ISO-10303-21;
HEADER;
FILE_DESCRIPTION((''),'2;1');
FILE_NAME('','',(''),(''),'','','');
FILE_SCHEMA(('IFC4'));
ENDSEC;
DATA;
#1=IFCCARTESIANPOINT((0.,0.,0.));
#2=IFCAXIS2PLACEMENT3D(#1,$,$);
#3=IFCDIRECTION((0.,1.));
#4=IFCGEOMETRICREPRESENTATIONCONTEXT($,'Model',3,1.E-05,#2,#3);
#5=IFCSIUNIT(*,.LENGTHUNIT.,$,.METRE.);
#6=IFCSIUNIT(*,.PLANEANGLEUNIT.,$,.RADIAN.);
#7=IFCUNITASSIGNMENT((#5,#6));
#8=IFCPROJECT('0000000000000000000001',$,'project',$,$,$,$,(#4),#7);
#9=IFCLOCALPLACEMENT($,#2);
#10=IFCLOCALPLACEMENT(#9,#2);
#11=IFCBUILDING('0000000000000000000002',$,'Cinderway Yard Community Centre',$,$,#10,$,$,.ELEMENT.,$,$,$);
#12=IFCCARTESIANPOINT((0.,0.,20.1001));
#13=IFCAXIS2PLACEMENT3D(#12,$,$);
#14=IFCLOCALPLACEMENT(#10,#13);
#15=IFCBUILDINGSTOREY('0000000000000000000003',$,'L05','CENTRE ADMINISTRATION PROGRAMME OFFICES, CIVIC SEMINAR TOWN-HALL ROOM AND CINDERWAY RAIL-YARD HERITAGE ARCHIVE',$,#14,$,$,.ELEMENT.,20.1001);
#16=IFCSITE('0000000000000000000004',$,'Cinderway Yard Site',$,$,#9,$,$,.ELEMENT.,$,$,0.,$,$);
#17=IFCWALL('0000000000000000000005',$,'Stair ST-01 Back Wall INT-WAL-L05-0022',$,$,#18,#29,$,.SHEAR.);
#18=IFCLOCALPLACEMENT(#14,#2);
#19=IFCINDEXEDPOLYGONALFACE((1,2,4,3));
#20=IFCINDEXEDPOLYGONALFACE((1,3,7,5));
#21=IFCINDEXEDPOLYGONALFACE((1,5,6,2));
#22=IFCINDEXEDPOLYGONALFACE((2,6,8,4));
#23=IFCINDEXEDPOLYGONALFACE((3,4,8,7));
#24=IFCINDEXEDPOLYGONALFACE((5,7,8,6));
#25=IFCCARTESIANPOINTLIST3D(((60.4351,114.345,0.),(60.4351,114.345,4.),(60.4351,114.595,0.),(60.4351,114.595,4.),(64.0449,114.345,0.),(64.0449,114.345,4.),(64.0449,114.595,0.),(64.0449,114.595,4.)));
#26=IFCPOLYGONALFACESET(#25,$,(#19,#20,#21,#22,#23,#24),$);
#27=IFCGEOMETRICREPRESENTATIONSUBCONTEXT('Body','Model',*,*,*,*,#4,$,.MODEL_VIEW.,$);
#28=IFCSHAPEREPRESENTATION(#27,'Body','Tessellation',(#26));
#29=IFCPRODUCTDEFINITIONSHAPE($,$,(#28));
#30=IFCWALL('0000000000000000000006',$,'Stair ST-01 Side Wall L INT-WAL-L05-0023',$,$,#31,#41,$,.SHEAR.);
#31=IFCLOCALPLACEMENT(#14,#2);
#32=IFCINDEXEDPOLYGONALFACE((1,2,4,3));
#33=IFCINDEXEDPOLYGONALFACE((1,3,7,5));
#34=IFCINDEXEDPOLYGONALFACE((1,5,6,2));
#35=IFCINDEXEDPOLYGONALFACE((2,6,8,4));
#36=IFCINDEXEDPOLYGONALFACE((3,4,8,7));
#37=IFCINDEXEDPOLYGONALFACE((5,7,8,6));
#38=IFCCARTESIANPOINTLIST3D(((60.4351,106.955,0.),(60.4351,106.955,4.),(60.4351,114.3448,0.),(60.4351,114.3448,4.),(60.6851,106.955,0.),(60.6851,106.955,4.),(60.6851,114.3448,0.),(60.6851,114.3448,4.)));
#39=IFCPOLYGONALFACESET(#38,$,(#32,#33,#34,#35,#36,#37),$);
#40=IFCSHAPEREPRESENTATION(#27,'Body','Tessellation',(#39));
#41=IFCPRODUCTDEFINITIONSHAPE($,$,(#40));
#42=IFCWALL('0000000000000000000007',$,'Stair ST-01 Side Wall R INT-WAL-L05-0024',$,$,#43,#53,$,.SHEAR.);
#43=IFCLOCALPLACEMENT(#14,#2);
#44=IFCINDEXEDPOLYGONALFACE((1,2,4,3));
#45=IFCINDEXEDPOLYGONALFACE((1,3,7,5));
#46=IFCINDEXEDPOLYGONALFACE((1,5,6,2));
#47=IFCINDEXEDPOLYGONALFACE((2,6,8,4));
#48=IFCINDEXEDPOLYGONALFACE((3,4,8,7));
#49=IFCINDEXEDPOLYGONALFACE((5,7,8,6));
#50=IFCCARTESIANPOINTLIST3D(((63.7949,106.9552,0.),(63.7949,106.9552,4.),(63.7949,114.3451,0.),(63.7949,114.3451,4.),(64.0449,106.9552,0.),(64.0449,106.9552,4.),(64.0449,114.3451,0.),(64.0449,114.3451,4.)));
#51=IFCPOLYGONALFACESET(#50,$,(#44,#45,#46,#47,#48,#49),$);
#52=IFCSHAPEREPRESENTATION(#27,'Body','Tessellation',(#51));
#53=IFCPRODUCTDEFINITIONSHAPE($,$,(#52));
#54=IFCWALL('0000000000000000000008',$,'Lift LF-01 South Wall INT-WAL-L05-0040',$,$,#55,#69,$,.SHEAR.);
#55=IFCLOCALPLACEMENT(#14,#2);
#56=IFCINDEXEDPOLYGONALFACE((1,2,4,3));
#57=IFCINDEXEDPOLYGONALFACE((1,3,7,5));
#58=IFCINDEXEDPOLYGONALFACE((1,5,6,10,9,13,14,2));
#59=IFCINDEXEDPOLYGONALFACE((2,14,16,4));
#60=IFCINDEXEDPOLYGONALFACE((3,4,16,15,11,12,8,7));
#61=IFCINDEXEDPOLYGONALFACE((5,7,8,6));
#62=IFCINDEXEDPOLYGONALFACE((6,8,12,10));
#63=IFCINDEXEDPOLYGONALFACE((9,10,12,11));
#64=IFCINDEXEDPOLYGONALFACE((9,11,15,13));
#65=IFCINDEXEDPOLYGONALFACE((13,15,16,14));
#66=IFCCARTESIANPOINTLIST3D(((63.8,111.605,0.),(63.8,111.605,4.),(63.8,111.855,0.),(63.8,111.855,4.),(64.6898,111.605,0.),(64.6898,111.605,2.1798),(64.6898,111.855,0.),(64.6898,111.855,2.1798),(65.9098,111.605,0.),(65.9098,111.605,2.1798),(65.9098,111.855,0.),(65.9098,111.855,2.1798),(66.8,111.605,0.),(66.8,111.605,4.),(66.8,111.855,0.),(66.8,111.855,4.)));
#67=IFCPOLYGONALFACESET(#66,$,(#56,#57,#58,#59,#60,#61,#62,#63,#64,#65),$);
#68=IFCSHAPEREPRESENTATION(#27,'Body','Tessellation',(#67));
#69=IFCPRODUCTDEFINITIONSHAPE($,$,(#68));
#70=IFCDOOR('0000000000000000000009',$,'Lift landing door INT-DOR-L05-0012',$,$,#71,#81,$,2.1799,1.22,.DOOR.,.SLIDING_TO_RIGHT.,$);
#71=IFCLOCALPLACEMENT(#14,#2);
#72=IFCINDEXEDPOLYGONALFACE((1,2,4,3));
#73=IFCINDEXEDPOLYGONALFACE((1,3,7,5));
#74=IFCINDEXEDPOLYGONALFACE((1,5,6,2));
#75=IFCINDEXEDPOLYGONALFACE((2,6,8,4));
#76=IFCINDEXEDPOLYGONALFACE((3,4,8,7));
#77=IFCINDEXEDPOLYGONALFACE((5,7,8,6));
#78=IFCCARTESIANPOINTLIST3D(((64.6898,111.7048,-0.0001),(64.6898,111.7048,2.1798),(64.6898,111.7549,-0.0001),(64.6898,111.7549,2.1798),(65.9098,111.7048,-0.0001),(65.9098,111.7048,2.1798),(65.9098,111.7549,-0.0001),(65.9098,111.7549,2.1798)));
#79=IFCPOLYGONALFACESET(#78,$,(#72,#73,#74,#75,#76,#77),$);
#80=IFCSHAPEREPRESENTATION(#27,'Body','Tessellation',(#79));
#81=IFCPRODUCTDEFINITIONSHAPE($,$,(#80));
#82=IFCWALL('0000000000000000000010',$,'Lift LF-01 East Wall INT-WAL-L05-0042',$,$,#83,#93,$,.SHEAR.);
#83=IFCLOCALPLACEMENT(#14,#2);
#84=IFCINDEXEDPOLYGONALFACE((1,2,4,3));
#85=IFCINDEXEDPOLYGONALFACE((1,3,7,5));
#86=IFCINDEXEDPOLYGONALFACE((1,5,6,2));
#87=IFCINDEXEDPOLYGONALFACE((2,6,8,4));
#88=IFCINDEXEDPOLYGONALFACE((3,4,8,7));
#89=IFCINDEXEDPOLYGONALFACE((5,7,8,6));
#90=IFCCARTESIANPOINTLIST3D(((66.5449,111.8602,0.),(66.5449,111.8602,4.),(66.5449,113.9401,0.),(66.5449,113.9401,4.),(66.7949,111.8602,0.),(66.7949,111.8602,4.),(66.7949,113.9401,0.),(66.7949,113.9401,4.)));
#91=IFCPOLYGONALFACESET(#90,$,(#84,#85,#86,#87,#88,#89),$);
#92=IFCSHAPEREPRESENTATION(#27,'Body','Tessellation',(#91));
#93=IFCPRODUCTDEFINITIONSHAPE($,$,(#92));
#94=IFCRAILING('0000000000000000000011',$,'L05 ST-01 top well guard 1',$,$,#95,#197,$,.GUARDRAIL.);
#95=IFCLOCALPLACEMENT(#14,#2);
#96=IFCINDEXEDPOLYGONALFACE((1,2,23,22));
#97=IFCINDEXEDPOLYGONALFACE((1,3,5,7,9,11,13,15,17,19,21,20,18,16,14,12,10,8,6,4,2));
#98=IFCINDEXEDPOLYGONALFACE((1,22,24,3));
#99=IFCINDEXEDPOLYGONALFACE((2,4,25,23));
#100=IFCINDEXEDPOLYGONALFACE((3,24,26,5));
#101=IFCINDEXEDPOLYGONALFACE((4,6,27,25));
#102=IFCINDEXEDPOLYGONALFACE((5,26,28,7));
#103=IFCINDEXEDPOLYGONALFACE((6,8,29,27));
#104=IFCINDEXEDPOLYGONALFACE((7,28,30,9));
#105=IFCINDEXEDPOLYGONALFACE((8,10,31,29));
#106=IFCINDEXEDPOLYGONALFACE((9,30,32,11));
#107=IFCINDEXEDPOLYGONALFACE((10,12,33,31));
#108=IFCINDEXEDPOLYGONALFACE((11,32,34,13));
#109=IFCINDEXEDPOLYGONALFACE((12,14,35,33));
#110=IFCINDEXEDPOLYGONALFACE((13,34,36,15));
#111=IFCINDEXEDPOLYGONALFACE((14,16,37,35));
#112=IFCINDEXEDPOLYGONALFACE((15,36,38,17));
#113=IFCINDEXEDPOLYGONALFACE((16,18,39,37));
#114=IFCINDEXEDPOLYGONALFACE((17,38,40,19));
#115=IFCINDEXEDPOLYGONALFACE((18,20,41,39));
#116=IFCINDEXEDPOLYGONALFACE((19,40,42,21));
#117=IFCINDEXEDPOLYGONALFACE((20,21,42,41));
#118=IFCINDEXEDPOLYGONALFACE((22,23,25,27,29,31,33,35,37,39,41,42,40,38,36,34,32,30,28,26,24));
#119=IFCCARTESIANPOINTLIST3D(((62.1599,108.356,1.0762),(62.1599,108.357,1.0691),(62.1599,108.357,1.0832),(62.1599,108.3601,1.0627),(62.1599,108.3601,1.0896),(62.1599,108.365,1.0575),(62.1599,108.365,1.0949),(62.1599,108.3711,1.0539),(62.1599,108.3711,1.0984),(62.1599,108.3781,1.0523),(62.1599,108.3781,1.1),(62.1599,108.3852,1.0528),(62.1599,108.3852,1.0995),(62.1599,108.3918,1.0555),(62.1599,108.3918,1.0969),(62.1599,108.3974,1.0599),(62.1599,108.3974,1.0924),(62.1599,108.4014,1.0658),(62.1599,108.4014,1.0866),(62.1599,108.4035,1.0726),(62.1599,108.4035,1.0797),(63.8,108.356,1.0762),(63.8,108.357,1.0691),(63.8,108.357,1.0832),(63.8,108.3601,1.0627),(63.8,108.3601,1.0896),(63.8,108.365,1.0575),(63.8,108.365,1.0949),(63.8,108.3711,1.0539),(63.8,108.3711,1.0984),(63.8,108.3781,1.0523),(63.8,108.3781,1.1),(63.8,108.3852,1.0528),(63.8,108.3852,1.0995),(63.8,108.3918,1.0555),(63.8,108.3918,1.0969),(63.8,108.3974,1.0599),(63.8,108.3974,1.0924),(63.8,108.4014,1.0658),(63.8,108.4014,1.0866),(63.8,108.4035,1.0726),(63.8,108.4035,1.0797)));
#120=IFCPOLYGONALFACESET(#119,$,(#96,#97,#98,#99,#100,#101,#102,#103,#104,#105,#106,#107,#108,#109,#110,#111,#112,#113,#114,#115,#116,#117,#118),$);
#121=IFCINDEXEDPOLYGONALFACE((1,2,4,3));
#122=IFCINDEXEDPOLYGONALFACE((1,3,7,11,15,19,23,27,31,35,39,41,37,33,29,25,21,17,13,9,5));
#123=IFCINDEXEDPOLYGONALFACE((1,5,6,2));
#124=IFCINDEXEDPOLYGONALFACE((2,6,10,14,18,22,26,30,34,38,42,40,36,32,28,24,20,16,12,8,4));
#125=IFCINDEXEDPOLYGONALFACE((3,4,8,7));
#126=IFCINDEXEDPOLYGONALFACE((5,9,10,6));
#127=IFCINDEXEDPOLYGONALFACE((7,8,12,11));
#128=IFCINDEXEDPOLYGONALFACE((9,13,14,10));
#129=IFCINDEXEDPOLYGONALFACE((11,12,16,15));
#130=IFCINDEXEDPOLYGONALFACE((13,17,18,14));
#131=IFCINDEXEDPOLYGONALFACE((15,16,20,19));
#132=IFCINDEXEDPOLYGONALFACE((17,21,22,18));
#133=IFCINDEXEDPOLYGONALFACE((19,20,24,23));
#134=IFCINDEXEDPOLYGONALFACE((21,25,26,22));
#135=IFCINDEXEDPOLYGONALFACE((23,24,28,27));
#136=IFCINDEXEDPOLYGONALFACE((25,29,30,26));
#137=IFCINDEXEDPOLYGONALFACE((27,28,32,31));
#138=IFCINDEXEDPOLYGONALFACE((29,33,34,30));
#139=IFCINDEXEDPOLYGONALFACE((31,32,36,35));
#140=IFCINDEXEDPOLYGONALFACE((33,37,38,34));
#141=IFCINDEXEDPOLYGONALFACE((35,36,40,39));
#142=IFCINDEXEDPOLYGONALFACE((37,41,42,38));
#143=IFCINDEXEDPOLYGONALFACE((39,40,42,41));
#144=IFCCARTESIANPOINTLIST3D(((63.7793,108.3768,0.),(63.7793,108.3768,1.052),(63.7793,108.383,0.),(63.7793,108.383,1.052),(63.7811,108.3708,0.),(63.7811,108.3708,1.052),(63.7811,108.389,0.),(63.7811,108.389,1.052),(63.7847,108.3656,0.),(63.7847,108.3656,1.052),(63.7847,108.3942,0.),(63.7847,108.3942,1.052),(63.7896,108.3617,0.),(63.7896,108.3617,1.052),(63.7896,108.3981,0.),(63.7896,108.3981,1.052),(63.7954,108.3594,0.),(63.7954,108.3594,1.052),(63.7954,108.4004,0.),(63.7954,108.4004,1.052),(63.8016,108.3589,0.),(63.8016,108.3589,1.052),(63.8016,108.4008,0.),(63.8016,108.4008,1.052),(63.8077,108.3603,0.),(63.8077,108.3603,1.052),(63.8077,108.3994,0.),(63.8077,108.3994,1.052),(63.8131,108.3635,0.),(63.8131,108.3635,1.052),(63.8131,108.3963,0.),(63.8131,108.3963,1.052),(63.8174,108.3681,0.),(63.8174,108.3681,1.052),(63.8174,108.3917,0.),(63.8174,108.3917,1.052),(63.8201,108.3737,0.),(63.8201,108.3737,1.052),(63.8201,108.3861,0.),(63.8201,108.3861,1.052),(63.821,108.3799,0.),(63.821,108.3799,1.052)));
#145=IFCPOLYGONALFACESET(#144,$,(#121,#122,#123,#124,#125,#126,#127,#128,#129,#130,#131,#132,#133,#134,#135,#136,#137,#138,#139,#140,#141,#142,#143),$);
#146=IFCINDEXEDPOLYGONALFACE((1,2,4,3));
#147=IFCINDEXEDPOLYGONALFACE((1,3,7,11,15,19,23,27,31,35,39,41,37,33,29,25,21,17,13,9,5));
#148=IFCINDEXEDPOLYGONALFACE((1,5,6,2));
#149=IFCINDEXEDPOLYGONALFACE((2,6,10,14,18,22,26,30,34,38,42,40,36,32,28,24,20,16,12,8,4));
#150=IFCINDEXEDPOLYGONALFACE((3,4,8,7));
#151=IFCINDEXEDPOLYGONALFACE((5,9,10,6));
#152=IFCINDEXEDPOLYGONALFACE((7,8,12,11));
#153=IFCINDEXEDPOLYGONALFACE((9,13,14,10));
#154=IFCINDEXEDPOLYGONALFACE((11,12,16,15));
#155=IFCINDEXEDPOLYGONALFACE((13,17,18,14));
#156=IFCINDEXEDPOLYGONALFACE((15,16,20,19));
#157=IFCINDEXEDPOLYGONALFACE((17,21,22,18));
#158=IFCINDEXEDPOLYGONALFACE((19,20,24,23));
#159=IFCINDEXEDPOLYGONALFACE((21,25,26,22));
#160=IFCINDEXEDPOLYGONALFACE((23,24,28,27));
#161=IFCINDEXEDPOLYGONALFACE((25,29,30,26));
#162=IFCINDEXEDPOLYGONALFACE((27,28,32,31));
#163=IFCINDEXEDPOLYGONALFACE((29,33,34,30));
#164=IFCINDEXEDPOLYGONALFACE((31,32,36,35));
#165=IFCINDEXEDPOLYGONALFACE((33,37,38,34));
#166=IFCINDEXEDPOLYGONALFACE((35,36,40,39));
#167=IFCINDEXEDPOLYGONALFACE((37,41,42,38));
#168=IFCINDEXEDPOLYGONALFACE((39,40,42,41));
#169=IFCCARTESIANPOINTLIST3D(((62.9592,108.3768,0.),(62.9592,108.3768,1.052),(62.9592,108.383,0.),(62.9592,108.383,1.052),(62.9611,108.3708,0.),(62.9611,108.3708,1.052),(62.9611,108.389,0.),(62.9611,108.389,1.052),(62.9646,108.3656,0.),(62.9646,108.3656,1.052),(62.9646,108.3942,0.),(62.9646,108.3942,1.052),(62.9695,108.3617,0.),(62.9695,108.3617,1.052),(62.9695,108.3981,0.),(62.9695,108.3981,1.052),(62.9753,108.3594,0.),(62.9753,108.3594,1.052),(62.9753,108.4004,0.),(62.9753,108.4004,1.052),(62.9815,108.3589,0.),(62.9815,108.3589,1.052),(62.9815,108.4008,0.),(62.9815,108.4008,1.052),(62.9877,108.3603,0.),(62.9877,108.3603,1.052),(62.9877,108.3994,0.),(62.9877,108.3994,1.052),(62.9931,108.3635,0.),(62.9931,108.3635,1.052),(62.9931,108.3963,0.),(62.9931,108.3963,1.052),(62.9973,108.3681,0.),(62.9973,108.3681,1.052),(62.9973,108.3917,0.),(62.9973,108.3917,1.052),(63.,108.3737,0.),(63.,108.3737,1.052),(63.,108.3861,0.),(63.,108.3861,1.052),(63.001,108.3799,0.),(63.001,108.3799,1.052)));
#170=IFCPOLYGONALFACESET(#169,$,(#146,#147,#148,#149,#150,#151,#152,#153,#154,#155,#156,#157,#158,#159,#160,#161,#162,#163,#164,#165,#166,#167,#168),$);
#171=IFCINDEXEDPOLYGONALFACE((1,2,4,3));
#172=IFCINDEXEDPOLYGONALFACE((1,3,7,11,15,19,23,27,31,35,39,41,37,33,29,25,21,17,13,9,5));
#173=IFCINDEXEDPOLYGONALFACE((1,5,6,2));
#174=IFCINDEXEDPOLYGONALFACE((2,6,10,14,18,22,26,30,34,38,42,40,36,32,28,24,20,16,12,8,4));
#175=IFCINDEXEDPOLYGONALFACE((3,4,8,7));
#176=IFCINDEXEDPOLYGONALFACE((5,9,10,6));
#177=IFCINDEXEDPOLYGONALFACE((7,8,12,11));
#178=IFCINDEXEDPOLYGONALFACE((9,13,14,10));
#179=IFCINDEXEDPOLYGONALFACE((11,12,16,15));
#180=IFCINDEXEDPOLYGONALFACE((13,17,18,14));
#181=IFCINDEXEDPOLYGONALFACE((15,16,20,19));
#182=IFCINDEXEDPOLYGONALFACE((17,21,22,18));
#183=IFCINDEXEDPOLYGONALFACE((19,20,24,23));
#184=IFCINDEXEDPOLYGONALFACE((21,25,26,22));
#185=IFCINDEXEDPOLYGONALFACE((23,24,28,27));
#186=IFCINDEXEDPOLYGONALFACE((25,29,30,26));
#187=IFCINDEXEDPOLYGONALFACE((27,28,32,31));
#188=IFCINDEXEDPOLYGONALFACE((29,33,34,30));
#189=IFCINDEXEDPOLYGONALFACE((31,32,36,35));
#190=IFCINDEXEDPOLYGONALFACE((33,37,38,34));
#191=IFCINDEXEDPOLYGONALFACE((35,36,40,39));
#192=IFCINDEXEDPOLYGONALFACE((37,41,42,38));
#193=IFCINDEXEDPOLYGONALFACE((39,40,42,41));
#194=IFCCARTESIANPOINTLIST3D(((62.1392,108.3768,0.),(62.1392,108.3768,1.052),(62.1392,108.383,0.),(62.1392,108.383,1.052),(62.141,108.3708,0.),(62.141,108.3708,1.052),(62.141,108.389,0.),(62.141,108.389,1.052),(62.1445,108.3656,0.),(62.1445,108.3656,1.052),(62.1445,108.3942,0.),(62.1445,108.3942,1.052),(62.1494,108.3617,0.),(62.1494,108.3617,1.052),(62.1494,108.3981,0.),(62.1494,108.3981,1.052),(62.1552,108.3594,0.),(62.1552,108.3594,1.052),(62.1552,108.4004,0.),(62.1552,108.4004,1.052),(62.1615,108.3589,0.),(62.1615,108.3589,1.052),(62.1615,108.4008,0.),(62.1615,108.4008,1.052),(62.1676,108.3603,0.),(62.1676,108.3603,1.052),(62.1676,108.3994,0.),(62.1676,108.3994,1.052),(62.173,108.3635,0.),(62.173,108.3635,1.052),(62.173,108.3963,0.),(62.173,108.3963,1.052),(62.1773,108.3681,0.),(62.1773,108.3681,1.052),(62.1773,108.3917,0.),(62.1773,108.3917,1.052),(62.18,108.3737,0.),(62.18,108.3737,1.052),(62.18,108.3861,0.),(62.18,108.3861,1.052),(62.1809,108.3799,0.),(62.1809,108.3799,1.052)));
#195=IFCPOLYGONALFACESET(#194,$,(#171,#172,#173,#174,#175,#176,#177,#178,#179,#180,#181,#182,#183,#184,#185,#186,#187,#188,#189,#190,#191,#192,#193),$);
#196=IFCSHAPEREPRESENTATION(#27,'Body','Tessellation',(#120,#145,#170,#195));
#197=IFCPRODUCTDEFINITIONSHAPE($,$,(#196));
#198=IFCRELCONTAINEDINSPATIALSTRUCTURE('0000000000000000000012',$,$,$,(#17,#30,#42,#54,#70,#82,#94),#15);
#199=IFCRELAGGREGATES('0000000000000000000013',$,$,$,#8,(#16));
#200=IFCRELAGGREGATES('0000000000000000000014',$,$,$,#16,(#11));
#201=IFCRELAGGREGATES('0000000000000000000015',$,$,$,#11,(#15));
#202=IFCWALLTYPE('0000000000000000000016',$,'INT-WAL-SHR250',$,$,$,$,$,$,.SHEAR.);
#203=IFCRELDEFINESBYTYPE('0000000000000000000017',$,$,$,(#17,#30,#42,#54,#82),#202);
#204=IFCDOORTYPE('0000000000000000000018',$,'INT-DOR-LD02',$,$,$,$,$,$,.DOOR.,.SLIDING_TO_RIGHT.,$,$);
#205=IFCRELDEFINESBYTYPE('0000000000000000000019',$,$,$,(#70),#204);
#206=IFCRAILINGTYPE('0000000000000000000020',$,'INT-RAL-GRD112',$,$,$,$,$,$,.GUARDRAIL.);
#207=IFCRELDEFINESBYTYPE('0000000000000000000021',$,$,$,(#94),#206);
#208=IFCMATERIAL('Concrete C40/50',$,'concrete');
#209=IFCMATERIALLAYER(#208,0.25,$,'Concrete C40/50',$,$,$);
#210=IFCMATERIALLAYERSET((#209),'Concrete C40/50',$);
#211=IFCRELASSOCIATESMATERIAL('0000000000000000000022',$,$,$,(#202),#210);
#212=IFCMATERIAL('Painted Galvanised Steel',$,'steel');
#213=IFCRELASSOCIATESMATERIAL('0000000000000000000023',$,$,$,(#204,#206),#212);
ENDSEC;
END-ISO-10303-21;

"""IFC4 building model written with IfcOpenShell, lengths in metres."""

from ifc_helpers import new_model, si_unit, direction, frame, frame_2d, origin, origin_2d, place, context, subcontext, project, spatial, rectangle, circle, extrude, material, layer, layer_set, type_object, element, fill, save


model = new_model("IFC4")

# Units and contexts
model_context = context("Model", 3, precision=1e-05, world=origin(), true_north=direction((0.0, 1.0)))
body_context = subcontext(model_context, "Body", "Model", "MODEL_VIEW")
ifc_project = project(units=[si_unit("LENGTHUNIT", "METRE"), si_unit("PLANEANGLEUNIT", "RADIAN")], contexts=[model_context])

# Site, building, storey
site_placement = place(None, origin())
site = spatial("IfcSite", under=ifc_project, at=site_placement, Name="Cinderway Yard Site", CompositionType="ELEMENT", RefElevation=0.0)
building_placement = place(site_placement, origin())
building = spatial("IfcBuilding", under=site, at=building_placement, Name="Cinderway Yard Community Centre", CompositionType="ELEMENT")
storey_placement = place(building_placement, frame((0.0, 0.0, 20.1001)))
storey = spatial("IfcBuildingStorey", under=building, at=storey_placement, Name="L05", Description="CENTRE ADMINISTRATION PROGRAMME OFFICES, CIVIC SEMINAR TOWN-HALL ROOM AND CINDERWAY RAIL-YARD HERITAGE ARCHIVE", CompositionType="ELEMENT", Elevation=20.1001)

# Shared definitions
ifc_material_1 = material(Name="Concrete C40/50", Category="concrete")

# Shared definitions
ifc_layer_1 = layer(ifc_material_1, 0.25, Name="Concrete C40/50")
ifc_layer_set_1 = layer_set([ifc_layer_1], Name="Concrete C40/50")
wall_type_1 = type_object("IfcWallType", Name="INT-WAL-SHR250", PredefinedType="SHEAR", material=ifc_layer_set_1)
ifc_material_2 = material(Name="Painted Galvanised Steel", Category="steel")

# Walls
wall_1_placement = place(storey_placement, frame((60.4351, 114.47, 0.0), z_axis=(0.0, 0.0, 1.0), x_axis=(1.0, 0.0, 0.0)))
element("IfcWall", 1, at=wall_1_placement, inside=storey, type_object=wall_type_1, Name="Stair ST-01 Back Wall INT-WAL-L05-0022", PredefinedType="SHEAR", context=body_context, shape_type="SweptSolid", body=[
    extrude(rectangle(XDim=3.6099, YDim=0.25, at=frame_2d((1.8049, 0.0))), origin(), (0.0, 0.0, 1.0), 4.0),
])
for number, where, z_axis, x_axis, name in (
    (2, (60.5601, 106.9551, 0.0), (0.0, 0.0, 1.0), (0.0, 1.0, 0.0), "Stair ST-01 Side Wall L INT-WAL-L05-0023"),
    (3, (63.9199, 114.345, 0.0), (0.0, 0.0, 1.0), (0.0, -1.0, 0.0), "Stair ST-01 Side Wall R INT-WAL-L05-0024"),
):
    element("IfcWall", number, at=place(storey_placement, frame(where, z_axis=z_axis, x_axis=x_axis)), inside=storey, type_object=wall_type_1, Name=name, PredefinedType="SHEAR", context=body_context, shape_type="SweptSolid", body=[
        extrude(rectangle(XDim=7.3899, YDim=0.25, at=frame_2d((3.6948, 0.0))), origin(), (0.0, 0.0, 1.0), 4.0),
    ])

# Wall, opening, door
wall_2_placement = place(storey_placement, frame((63.8, 111.73, 0.0), z_axis=(0.0, 0.0, 1.0), x_axis=(1.0, 0.0, 0.0)))
wall_2 = element("IfcWall", 4, at=wall_2_placement, inside=storey, type_object=wall_type_1, Name="Lift LF-01 South Wall INT-WAL-L05-0040", PredefinedType="SHEAR", context=body_context, shape_type="SweptSolid", body=[
    extrude(rectangle(XDim=3.0, YDim=0.25, at=frame_2d((1.5, 0.0))), origin(), (0.0, 0.0, 1.0), 4.0),
])
opening_1_placement = place(wall_2_placement, frame((0.8899, 0.0, 0.0)))
opening_1 = element("IfcOpeningElement", 5, at=opening_1_placement, cuts=wall_2, PredefinedType="OPENING", context=body_context, shape_type="SweptSolid", body=[
    extrude(rectangle(XDim=1.22, YDim=2.1799, at=frame_2d((0.6099, 1.0898))), frame((0.0, 0.135, 0.0), z_axis=(0.0, -1.0, 0.0), x_axis=(1.0, 0.0, 0.0)), (0.0, 0.0, 1.0), 0.27),
])
door_type_1 = type_object("IfcDoorType", Name="INT-DOR-LD02", OperationType="SLIDING_TO_RIGHT", PredefinedType="DOOR", material=ifc_material_2)
door_1_placement = place(opening_1_placement, origin())
door_1 = element("IfcDoor", 6, at=door_1_placement, inside=storey, type_object=door_type_1, Name="Lift landing door INT-DOR-L05-0012", OperationType="SLIDING_TO_RIGHT", OverallHeight=2.1799, OverallWidth=1.22, PredefinedType="DOOR", context=body_context, shape_type="SweptSolid", body=[
    extrude(rectangle(XDim=1.22, YDim=2.1799, at=frame_2d((0.6099, 1.0898))), frame((0.0, 0.0249, 0.0), z_axis=(0.0, -1.0, 0.0), x_axis=(1.0, 0.0, 0.0)), (0.0, 0.0, 1.0), 0.05),
])
fill(opening_1, door_1)

# Wall
wall_3_placement = place(storey_placement, frame((66.6699, 111.8601, 0.0), z_axis=(0.0, 0.0, 1.0), x_axis=(0.0, 1.0, 0.0)))
element("IfcWall", 7, at=wall_3_placement, inside=storey, type_object=wall_type_1, Name="Lift LF-01 East Wall INT-WAL-L05-0042", PredefinedType="SHEAR", context=body_context, shape_type="SweptSolid", body=[
    extrude(rectangle(XDim=2.0798, YDim=0.25, at=frame_2d((1.04, 0.0))), origin(), (0.0, 0.0, 1.0), 4.0),
])

# Railing
railing_type = type_object("IfcRailingType", Name="INT-RAL-GRD112", PredefinedType="GUARDRAIL", material=ifc_material_2)
railing_1_placement = place(storey_placement, frame((63.8, 108.3799, 0.0)))
element("IfcRailing", 8, at=railing_1_placement, inside=storey, type_object=railing_type, Name="L05 ST-01 top well guard 1", PredefinedType="GUARDRAIL", context=body_context, shape_type="SweptSolid", body=[
    extrude(circle(Radius=0.0239, at=origin_2d()), frame((0.0, 0.0, 1.0762), z_axis=(-1.0, 0.0, 0.0), x_axis=(0.0, -1.0, 0.0)), (0.0, 0.0, 1.0), 1.6401),
    extrude(circle(Radius=0.021, at=origin_2d()), origin(), (0.0, 0.0, 1.0), 1.052),
    extrude(circle(Radius=0.021, at=origin_2d()), frame((-0.8201, 0.0, 0.0)), (0.0, 0.0, 1.0), 1.052),
    extrude(circle(Radius=0.021, at=origin_2d()), frame((-1.6401, 0.0, 0.0)), (0.0, 0.0, 1.0), 1.052),
])

save(model, "model.ifc")
